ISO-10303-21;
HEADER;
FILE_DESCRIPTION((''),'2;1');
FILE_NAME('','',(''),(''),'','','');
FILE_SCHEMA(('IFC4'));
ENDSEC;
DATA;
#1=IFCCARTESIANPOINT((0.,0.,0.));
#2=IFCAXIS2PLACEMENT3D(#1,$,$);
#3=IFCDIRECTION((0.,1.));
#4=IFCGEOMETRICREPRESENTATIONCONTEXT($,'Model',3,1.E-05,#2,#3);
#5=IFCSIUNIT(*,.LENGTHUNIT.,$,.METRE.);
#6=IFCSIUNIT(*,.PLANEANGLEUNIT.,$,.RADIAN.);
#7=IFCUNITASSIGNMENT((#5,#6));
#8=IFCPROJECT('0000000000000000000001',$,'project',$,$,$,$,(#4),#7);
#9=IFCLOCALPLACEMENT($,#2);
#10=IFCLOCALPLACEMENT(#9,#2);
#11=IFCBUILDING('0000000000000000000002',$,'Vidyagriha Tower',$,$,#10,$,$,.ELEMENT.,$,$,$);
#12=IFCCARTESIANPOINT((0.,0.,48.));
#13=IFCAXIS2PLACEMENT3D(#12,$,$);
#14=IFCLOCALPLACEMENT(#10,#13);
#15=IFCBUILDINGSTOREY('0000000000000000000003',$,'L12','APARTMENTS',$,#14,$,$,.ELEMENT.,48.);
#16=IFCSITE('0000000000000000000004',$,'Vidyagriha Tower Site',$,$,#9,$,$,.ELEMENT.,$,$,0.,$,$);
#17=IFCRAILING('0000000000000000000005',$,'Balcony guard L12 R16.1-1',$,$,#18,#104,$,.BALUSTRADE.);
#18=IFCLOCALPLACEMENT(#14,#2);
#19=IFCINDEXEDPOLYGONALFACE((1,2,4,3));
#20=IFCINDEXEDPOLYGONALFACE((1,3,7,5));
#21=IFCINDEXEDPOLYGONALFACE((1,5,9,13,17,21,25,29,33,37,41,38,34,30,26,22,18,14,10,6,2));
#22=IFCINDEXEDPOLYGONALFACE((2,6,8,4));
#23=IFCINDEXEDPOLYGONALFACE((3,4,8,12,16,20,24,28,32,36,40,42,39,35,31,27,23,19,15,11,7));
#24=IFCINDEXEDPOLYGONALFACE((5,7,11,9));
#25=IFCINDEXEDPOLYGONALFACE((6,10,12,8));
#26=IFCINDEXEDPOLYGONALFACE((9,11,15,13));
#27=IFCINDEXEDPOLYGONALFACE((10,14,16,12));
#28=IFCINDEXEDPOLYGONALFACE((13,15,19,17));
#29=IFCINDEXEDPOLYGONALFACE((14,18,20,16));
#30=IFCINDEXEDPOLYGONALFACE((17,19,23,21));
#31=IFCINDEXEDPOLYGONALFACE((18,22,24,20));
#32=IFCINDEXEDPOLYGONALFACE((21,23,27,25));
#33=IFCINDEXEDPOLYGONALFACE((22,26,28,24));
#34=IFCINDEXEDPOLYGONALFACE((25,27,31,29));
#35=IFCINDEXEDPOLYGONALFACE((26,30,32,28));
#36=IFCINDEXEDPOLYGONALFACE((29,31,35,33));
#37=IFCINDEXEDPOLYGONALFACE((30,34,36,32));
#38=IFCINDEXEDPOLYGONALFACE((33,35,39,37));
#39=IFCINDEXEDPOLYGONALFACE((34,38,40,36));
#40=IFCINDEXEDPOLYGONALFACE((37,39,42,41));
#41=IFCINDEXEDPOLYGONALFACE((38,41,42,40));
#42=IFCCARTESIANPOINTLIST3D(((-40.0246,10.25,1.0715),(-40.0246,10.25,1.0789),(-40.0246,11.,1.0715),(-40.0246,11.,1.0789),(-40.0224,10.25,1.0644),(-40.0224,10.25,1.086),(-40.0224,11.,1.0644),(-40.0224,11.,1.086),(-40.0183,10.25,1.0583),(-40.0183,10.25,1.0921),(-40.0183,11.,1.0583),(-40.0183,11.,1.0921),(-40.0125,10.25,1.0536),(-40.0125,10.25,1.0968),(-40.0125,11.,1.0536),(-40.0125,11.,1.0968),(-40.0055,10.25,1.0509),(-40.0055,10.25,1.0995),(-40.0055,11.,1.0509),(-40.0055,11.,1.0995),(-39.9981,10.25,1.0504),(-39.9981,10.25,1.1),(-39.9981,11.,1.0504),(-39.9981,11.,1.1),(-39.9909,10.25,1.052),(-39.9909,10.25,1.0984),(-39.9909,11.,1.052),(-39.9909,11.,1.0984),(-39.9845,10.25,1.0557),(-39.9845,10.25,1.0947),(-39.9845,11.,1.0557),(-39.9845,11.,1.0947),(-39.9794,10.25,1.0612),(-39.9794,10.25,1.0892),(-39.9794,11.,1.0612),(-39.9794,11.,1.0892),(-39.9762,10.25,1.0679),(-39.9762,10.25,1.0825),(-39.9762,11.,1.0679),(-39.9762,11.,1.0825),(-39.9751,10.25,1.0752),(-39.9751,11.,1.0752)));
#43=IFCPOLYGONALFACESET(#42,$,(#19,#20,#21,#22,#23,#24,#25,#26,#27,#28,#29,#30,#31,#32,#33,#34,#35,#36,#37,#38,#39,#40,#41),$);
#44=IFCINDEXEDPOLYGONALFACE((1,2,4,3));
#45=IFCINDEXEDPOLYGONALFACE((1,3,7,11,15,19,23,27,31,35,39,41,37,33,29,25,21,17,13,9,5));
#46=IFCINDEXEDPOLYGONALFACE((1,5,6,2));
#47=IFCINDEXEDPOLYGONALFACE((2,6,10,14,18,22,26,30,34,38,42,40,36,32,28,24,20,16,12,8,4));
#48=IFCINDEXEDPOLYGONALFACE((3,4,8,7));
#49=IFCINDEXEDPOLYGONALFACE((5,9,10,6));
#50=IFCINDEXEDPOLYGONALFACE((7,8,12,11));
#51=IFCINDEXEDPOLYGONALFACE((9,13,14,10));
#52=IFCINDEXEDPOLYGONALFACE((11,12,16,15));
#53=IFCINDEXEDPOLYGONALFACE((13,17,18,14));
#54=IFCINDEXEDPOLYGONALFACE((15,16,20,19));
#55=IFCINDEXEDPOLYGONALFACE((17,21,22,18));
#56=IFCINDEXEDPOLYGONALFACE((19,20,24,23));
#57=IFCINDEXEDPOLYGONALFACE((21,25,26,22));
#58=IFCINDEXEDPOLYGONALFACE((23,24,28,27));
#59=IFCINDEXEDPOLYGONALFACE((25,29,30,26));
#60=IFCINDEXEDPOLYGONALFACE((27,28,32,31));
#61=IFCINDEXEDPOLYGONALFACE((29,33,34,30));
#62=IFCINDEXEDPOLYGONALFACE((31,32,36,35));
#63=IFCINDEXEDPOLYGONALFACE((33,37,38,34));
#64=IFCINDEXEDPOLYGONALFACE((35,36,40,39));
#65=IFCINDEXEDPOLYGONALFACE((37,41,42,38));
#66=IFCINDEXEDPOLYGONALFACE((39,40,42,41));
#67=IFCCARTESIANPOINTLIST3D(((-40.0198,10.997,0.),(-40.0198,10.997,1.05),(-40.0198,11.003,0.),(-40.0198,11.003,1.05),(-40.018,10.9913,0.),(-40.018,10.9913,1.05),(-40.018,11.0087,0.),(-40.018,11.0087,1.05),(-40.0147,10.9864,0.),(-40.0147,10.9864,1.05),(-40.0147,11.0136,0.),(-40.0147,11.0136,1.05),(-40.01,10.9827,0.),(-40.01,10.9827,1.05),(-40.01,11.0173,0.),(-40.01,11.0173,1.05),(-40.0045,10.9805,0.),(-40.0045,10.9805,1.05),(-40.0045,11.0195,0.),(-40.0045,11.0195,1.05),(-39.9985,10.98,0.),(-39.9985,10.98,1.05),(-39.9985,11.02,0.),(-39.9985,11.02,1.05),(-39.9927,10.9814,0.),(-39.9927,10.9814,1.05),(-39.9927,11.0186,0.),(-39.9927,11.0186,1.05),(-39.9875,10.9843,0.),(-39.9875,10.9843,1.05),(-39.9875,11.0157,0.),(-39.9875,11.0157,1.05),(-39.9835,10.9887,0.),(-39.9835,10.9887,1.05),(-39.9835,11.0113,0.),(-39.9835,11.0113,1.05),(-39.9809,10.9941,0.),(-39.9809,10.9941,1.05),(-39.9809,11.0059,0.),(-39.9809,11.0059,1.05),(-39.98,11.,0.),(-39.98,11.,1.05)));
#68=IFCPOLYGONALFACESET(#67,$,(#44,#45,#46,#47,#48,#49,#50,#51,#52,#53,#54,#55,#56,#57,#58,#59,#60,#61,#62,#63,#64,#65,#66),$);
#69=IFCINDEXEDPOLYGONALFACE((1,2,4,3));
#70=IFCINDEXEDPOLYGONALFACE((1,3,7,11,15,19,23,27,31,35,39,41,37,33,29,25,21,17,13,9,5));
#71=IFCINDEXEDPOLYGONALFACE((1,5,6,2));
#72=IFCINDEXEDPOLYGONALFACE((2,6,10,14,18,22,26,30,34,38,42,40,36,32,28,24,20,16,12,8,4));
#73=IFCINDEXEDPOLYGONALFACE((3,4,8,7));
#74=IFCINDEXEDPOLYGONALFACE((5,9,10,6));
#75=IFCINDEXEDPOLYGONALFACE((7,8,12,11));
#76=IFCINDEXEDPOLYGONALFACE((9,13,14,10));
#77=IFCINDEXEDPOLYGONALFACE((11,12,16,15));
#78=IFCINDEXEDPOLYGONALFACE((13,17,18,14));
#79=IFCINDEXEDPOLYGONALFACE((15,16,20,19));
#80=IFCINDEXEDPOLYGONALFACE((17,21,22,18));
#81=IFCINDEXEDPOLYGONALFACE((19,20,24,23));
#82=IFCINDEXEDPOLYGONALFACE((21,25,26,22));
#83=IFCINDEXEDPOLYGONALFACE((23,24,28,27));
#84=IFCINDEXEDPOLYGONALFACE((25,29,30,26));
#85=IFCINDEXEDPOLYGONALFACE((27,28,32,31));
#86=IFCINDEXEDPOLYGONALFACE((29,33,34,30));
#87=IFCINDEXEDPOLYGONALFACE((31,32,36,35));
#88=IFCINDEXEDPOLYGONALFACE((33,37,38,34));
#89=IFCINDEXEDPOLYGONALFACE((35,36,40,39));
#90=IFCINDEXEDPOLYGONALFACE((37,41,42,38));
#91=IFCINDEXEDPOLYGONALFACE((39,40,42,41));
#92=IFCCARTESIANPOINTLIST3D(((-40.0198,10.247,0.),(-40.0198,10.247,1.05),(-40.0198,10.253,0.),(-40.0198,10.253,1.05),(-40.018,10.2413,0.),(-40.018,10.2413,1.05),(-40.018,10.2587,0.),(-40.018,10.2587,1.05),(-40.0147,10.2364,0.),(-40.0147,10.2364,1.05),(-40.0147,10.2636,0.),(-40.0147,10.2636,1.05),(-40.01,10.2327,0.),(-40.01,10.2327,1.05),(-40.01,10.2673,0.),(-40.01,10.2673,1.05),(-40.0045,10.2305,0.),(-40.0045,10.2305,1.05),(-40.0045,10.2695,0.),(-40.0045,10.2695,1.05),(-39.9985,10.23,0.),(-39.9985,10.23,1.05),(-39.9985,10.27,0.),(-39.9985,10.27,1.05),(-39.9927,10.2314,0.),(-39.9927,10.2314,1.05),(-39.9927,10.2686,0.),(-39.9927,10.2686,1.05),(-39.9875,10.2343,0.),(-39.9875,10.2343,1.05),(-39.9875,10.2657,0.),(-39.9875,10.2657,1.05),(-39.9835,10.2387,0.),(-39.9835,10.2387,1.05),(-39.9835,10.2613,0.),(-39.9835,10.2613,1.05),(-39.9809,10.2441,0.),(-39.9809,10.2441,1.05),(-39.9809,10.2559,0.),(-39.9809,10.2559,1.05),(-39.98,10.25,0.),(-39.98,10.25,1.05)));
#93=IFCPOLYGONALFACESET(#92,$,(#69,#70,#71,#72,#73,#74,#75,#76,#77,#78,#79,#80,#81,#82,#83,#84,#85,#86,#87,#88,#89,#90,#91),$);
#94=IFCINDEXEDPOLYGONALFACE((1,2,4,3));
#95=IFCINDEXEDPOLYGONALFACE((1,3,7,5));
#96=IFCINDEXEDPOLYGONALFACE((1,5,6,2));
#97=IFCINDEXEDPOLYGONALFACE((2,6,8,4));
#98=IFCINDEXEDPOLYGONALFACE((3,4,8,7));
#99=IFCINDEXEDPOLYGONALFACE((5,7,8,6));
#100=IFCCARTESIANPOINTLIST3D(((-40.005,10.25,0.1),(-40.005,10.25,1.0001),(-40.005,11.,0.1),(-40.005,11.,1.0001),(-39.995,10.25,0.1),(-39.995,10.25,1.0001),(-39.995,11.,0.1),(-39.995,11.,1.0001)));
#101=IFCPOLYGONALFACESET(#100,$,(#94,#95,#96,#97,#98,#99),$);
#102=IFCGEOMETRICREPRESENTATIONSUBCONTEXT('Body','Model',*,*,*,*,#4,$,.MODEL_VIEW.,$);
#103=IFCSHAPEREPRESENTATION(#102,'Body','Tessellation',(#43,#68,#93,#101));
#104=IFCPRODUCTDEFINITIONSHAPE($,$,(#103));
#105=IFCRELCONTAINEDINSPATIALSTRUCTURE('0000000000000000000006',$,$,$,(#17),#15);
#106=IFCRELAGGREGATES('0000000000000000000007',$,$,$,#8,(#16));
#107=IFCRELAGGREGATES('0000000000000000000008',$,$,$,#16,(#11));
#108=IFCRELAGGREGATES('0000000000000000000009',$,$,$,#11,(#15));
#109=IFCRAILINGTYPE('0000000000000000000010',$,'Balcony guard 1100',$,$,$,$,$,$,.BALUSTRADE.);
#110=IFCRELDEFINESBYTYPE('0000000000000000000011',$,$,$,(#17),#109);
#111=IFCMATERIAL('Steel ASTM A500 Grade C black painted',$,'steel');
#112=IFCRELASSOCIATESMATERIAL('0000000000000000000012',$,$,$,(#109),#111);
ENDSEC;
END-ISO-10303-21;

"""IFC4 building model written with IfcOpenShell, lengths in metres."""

from ifc_helpers import new_model, si_unit, direction, frame, origin, origin_2d, place, context, subcontext, project, spatial, rectangle, circle, extrude, material, type_object, element, save


model = new_model("IFC4")

# Units and contexts
model_context = context("Model", 3, precision=1e-05, world=origin(), true_north=direction((0.0, 1.0)))
body_context = subcontext(model_context, "Body", "Model", "MODEL_VIEW")
ifc_project = project(units=[si_unit("LENGTHUNIT", "METRE"), si_unit("PLANEANGLEUNIT", "RADIAN")], contexts=[model_context])

# Site, building, storey
site_placement = place(None, origin())
site = spatial("IfcSite", under=ifc_project, at=site_placement, Name="Vidyagriha Tower Site", CompositionType="ELEMENT", RefElevation=0.0)
building_placement = place(site_placement, origin())
building = spatial("IfcBuilding", under=site, at=building_placement, Name="Vidyagriha Tower", CompositionType="ELEMENT")
storey_placement = place(building_placement, frame((0.0, 0.0, 48.0)))
storey = spatial("IfcBuildingStorey", under=building, at=storey_placement, Name="L12", Description="APARTMENTS", CompositionType="ELEMENT", Elevation=48.0)

# Railing
ifc_material_1 = material(Name="Steel ASTM A500 Grade C black painted", Category="steel")
railing_type_1 = type_object("IfcRailingType", Name="Balcony guard 1100", PredefinedType="BALUSTRADE", material=ifc_material_1)
railing_1_placement = place(storey_placement, frame((-40.0, 11.0, 0.0)))
element("IfcRailing", 1, at=railing_1_placement, inside=storey, type_object=railing_type_1, Name="Balcony guard L12 R16.1-1", PredefinedType="BALUSTRADE", context=body_context, shape_type="SweptSolid", body=[
    extrude(circle(Radius=0.0249, at=origin_2d()), frame((0.0, 0.0, 1.0752), z_axis=(0.0, -1.0, 0.0), x_axis=(1.0, 0.0, 0.0)), (0.0, 0.0, 1.0), 0.75),
    extrude(circle(Radius=0.02, at=origin_2d()), origin(), (0.0, 0.0, 1.0), 1.05),
    extrude(circle(Radius=0.02, at=origin_2d()), frame((0.0, -0.75, 0.0)), (0.0, 0.0, 1.0), 1.05),
    extrude(rectangle(XDim=0.01, YDim=0.9001, at=origin_2d()), frame((0.0, 0.0, 0.55), z_axis=(0.0, -1.0, 0.0), x_axis=(1.0, 0.0, 0.0)), (0.0, 0.0, 1.0), 0.75),
])

save(model, "model.ifc")
